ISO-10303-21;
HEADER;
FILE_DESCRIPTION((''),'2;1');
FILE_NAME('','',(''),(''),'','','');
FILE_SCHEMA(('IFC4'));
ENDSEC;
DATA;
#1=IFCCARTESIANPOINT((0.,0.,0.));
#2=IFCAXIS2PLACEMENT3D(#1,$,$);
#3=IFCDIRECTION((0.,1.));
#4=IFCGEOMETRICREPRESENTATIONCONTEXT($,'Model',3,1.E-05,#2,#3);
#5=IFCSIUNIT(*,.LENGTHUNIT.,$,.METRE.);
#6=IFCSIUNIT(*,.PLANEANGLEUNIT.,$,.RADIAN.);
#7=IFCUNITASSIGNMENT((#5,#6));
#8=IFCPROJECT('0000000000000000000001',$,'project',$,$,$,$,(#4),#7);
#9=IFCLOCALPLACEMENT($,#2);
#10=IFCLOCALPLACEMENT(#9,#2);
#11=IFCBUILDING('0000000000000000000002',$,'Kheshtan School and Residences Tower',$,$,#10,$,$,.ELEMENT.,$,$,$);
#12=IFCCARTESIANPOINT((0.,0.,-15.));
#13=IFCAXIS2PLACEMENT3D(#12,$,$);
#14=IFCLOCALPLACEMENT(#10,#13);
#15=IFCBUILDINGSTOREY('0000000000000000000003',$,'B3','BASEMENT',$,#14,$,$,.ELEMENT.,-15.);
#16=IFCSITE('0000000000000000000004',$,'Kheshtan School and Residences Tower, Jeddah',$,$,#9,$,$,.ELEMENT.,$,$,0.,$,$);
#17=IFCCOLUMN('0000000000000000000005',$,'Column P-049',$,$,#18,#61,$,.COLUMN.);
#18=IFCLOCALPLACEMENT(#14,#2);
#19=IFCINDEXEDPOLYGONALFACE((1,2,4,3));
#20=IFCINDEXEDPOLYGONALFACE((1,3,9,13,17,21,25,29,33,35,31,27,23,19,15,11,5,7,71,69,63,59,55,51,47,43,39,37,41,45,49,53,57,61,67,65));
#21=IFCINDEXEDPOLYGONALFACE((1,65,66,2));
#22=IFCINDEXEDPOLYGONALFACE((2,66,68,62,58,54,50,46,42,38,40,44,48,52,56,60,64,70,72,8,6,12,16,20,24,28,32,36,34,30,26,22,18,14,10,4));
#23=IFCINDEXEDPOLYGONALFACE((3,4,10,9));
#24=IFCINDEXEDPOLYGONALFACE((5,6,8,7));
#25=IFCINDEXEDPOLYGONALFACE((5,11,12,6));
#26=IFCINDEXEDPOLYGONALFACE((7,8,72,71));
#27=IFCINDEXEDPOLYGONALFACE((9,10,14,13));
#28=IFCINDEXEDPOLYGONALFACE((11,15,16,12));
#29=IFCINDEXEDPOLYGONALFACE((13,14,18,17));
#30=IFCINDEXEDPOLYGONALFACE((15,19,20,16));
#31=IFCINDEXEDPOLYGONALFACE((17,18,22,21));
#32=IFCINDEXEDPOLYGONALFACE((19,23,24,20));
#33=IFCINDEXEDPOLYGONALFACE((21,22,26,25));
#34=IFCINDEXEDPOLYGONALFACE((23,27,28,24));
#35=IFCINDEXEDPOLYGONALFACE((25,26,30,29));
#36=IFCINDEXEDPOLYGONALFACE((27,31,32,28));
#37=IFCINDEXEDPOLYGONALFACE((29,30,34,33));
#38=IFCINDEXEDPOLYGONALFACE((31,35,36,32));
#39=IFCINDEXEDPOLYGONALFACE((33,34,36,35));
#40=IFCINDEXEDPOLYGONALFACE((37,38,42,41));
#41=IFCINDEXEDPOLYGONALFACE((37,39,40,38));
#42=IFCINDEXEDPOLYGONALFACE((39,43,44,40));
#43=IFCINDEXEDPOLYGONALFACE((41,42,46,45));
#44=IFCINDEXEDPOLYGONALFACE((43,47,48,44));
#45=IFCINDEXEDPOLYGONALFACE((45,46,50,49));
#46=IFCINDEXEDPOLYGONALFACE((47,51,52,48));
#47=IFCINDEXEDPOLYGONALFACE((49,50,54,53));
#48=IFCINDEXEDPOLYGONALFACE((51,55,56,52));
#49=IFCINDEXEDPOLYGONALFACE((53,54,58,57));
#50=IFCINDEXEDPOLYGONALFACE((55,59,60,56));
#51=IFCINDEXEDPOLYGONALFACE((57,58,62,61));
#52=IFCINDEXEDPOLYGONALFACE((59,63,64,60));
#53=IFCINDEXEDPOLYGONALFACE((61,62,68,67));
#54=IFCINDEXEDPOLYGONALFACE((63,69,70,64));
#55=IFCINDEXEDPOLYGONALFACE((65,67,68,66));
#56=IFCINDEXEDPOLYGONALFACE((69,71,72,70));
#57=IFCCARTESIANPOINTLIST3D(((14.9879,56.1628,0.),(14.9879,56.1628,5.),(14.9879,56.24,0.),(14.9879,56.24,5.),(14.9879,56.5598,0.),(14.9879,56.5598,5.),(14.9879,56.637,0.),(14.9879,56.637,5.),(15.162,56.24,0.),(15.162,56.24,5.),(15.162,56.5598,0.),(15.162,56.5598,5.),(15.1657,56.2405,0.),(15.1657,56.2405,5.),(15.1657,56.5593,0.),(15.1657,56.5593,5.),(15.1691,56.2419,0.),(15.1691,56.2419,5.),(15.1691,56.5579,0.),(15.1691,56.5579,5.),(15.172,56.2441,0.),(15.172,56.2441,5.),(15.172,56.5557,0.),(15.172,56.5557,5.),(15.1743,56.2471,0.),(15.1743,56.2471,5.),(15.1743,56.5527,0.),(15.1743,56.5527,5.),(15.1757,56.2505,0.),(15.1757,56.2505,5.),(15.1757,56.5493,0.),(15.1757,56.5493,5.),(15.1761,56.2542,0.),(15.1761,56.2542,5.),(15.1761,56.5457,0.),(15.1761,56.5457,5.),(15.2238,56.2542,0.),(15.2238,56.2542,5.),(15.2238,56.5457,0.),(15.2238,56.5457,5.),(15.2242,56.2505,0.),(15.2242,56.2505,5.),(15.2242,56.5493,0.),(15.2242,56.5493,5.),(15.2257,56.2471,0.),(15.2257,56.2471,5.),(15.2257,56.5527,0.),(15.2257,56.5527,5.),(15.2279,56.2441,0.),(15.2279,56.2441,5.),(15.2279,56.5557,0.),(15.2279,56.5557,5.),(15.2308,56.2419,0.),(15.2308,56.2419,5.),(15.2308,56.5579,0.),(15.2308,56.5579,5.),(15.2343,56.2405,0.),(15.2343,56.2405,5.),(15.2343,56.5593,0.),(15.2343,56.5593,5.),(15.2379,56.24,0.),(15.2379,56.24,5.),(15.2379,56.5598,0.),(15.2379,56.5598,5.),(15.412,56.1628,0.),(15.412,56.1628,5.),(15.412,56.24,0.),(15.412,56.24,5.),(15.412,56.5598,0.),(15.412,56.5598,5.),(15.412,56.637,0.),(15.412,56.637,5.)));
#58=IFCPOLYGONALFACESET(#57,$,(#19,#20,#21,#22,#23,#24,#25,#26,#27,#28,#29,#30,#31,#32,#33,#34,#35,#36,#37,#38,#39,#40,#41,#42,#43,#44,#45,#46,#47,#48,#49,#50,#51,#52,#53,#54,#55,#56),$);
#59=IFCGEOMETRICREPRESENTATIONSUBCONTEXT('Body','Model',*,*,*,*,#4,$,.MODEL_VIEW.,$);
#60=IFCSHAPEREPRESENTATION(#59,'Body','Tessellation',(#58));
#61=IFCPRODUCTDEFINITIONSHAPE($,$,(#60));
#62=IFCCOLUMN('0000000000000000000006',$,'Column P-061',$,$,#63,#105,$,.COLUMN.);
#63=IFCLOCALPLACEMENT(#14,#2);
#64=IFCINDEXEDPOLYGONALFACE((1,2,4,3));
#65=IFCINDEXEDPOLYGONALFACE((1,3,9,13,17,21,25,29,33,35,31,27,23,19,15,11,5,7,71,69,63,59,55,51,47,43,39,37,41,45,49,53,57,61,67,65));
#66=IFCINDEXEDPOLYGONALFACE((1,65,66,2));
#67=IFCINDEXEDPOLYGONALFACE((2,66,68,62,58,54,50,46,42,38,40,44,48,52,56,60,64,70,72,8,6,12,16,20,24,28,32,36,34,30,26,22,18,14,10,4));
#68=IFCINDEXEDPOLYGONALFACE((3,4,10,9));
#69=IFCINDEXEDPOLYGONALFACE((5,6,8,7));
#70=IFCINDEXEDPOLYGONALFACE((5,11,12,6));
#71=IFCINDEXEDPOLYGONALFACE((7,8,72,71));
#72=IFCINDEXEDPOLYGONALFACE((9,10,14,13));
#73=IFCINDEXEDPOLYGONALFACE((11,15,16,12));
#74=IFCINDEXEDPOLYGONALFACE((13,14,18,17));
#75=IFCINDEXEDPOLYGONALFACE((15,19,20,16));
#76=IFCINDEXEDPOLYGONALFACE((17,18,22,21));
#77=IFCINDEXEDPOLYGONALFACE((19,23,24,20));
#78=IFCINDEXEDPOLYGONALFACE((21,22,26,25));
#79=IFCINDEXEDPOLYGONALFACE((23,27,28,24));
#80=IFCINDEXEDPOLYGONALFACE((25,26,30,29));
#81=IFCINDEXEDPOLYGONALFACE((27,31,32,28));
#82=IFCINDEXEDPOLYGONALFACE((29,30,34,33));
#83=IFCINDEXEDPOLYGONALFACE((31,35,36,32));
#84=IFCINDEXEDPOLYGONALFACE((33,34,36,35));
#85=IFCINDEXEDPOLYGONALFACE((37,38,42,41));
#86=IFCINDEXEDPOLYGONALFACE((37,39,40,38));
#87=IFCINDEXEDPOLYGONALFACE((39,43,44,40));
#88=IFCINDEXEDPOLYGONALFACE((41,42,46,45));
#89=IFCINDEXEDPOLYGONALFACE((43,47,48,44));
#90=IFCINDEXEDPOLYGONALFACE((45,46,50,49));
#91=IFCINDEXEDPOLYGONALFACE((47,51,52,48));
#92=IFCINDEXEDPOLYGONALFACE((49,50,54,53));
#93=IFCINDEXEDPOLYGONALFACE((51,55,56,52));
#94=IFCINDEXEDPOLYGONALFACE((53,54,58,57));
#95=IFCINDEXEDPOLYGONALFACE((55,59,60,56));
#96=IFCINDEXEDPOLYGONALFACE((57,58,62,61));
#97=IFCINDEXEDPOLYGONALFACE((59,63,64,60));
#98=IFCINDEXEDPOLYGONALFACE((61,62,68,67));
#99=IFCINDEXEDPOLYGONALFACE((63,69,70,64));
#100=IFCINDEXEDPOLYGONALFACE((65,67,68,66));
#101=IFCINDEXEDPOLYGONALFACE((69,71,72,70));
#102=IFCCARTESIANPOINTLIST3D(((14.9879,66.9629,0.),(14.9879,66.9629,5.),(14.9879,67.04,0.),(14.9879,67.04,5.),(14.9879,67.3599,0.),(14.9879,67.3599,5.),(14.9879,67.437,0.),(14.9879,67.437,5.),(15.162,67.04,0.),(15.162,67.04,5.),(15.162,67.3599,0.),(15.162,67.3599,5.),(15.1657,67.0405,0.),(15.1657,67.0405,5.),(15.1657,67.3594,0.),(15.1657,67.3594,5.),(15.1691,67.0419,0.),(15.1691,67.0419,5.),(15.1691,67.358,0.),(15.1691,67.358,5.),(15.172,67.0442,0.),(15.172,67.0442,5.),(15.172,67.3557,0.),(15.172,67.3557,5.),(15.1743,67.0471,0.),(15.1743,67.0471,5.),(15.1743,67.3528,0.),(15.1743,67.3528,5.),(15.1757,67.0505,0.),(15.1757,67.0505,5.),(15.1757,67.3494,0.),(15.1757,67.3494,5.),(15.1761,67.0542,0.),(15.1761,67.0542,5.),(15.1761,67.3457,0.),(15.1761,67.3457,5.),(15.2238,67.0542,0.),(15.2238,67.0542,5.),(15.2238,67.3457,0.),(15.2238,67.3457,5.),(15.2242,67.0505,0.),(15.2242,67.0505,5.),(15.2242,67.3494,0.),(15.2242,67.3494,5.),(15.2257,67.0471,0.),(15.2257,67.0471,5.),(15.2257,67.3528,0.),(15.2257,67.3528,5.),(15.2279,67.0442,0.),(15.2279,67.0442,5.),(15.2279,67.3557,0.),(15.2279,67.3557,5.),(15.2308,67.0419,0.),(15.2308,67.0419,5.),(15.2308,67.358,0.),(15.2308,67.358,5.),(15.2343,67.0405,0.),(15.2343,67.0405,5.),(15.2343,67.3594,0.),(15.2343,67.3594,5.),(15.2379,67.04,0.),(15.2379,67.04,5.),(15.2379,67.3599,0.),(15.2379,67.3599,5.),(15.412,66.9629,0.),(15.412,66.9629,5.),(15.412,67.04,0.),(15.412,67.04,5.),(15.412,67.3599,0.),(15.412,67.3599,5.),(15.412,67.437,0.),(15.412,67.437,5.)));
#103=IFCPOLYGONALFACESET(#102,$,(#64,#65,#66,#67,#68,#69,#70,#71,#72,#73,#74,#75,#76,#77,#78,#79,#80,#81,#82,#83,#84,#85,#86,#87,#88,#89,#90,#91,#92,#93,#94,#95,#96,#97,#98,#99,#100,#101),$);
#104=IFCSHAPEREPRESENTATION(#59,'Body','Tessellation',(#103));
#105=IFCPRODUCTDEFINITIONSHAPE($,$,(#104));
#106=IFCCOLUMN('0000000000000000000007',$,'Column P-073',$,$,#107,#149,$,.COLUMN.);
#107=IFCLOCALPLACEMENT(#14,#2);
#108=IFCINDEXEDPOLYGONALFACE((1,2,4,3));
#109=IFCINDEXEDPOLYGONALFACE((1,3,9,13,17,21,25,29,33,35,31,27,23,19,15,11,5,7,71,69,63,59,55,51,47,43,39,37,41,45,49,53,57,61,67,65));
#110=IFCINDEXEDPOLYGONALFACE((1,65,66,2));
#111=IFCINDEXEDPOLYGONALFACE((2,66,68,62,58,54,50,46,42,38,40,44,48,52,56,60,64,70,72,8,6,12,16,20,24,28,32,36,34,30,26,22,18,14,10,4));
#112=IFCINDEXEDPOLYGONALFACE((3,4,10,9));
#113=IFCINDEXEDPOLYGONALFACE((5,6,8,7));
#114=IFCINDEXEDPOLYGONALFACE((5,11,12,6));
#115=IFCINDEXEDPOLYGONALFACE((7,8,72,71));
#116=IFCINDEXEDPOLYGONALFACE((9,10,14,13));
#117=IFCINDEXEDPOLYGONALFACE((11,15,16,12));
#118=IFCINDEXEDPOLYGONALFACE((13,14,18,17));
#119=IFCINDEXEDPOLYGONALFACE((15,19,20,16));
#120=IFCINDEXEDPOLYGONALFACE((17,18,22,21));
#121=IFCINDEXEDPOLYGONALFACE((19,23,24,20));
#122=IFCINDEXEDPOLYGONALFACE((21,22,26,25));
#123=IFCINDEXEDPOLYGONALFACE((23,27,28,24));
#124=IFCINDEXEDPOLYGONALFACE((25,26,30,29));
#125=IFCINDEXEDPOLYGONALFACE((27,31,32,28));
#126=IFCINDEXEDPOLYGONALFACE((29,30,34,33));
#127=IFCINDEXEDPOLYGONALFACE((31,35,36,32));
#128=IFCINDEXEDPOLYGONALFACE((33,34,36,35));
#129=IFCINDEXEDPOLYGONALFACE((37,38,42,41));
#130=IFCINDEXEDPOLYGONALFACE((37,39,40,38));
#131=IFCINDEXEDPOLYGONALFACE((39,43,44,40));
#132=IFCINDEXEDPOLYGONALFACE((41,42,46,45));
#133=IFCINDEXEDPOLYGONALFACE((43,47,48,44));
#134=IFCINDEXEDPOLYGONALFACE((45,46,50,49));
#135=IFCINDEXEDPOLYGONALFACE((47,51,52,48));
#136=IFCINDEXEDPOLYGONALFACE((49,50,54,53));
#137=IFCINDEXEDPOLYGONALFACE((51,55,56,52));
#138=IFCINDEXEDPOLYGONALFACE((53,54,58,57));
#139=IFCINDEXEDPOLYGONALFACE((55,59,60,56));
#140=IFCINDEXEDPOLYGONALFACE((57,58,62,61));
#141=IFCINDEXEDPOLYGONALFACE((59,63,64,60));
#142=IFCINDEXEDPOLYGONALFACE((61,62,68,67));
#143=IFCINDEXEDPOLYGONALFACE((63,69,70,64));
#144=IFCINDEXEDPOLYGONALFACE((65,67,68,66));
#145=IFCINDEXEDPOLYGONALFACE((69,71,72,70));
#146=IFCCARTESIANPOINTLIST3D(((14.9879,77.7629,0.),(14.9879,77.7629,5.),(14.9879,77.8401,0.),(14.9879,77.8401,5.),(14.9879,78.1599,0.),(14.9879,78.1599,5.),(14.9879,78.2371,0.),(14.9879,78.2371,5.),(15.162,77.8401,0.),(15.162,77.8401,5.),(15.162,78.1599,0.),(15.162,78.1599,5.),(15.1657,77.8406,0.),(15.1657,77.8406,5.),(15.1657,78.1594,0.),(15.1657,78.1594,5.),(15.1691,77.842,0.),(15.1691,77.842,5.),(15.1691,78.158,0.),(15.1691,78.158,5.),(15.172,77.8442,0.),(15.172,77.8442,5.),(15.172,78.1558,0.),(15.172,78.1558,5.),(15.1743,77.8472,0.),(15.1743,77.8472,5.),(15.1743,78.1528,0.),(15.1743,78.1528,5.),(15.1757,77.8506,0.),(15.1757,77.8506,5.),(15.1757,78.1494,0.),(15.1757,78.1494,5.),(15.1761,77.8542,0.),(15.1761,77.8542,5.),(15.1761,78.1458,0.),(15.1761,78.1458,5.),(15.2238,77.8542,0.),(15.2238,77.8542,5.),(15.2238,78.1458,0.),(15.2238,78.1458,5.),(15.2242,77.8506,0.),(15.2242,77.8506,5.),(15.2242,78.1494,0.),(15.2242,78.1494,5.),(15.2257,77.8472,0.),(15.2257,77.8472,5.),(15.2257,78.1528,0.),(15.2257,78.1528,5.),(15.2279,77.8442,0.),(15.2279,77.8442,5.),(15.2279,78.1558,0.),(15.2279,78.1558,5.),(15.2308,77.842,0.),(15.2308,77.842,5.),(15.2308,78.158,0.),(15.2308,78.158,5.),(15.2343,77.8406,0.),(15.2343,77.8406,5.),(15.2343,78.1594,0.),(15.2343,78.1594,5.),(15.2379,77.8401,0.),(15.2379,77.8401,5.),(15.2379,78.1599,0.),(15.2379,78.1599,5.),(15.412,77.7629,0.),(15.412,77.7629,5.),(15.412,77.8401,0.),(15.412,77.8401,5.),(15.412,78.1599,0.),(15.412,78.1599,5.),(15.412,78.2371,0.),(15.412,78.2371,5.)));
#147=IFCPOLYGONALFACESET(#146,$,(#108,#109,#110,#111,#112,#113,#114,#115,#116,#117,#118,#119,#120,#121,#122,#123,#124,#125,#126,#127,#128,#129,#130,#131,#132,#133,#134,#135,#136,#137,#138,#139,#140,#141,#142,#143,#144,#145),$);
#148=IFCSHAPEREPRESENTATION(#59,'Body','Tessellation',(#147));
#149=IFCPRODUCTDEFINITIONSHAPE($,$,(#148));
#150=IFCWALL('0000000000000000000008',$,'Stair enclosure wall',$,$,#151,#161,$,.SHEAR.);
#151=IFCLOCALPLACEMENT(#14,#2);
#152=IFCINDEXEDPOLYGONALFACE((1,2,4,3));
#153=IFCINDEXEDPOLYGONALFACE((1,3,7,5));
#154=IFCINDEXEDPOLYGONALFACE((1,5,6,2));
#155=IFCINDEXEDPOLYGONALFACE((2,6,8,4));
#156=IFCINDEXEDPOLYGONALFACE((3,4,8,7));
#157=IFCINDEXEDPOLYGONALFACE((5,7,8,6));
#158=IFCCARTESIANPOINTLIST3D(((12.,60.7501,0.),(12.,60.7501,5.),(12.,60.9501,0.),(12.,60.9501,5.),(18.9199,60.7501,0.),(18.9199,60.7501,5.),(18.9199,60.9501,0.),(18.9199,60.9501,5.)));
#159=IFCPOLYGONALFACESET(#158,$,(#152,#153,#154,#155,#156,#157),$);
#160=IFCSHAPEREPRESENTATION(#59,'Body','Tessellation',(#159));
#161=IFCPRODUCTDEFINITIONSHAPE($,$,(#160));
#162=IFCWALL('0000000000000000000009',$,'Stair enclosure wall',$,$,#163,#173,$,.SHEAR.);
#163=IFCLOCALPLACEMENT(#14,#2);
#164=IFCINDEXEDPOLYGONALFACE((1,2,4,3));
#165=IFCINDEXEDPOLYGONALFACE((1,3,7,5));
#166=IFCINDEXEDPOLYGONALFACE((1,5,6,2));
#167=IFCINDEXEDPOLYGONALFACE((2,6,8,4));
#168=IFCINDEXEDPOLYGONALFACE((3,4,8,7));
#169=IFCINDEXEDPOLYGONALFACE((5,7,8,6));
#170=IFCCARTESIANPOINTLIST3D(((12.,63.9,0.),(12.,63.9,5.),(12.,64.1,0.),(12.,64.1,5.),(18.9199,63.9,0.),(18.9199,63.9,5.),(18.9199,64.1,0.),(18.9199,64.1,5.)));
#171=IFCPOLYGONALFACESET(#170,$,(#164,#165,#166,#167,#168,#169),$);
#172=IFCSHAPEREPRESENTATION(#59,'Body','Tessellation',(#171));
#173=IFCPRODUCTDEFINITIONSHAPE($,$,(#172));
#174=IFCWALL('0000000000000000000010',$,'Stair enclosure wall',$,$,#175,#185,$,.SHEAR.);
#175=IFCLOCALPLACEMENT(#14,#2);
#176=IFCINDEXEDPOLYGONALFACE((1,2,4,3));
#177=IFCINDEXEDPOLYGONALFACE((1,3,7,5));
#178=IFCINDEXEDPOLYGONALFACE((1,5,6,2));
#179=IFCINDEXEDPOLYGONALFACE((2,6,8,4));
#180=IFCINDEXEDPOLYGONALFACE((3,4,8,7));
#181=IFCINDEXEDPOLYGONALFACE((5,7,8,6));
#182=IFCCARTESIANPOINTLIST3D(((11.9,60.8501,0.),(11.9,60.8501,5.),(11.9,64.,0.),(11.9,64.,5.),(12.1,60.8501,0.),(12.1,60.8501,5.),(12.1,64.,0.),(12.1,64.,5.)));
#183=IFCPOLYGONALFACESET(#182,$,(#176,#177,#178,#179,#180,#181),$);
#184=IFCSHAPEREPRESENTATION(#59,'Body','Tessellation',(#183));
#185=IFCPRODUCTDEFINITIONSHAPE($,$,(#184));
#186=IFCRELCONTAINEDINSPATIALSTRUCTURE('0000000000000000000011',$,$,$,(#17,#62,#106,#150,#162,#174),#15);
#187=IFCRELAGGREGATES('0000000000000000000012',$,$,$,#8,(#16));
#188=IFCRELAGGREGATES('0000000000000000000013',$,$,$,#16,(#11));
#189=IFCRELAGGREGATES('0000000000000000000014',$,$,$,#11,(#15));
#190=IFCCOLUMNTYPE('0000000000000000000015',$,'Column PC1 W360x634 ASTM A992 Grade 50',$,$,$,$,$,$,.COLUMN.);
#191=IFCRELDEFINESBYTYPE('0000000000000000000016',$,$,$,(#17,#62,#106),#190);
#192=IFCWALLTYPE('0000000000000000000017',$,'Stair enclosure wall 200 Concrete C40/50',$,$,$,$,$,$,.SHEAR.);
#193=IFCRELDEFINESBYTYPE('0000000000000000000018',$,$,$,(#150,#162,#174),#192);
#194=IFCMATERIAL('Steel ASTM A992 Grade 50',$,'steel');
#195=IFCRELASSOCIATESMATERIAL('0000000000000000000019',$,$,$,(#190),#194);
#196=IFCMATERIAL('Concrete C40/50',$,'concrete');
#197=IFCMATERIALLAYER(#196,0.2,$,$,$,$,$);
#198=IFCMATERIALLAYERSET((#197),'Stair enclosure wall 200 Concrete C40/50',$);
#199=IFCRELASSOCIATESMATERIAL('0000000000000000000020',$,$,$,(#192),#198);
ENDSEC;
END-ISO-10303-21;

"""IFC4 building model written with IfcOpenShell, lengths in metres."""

from ifc_helpers import new_model, si_unit, direction, frame, frame_2d, origin, origin_2d, place, context, subcontext, project, spatial, rectangle, i_section, extrude, material, layer, layer_set, material_profile, profile_set, type_object, element, save


model = new_model("IFC4")

# Units and contexts
model_context = context("Model", 3, precision=1e-05, world=origin(), true_north=direction((0.0, 1.0)))
body_context = subcontext(model_context, "Body", "Model", "MODEL_VIEW")
ifc_project = project(units=[si_unit("LENGTHUNIT", "METRE"), si_unit("PLANEANGLEUNIT", "RADIAN")], contexts=[model_context])

# Site, building, storey
site_placement = place(None, origin())
site = spatial("IfcSite", under=ifc_project, at=site_placement, Name="Kheshtan School and Residences Tower, Jeddah", CompositionType="ELEMENT", RefElevation=0.0)
building_placement = place(site_placement, origin())
building = spatial("IfcBuilding", under=site, at=building_placement, Name="Kheshtan School and Residences Tower", CompositionType="ELEMENT")
storey_placement = place(building_placement, frame((0.0, 0.0, -15.0)))
storey = spatial("IfcBuildingStorey", under=building, at=storey_placement, Name="B3", Description="BASEMENT", CompositionType="ELEMENT", Elevation=-15.0)

# Shared definitions
ifc_material_1 = material(Name="Concrete C40/50", Category="concrete")

# Columns
ifc_material_2 = material(Name="Steel ASTM A992 Grade 50", Category="steel")
ifc_material_profile_1 = material_profile(ifc_material_2, i_section(OverallWidth=0.4241, OverallDepth=0.4741, WebThickness=0.0476, FlangeThickness=0.0771, FilletRadius=0.0142, at=origin_2d()), Name="W360x634")
ifc_profile_set_1 = profile_set([ifc_material_profile_1], Name="Steel ASTM A992 Grade 50")
column_type = type_object("IfcColumnType", Name="Column PC1 W360x634 ASTM A992 Grade 50", PredefinedType="COLUMN", material=ifc_profile_set_1)
for number, where, z_axis, x_axis, name in (
    (1, (15.2, 56.3999, 0.0), (0.0, 0.0, 1.0), (1.0, 0.0, 0.0), "Column P-049"),
    (2, (15.2, 67.2, 0.0), (0.0, 0.0, 1.0), (1.0, 0.0, 0.0), "Column P-061"),
    (3, (15.2, 78.0, 0.0), (0.0, 0.0, 1.0), (1.0, 0.0, 0.0), "Column P-073"),
):
    element("IfcColumn", number, at=place(storey_placement, frame(where, z_axis=z_axis, x_axis=x_axis)), inside=storey, type_object=column_type, Name=name, PredefinedType="COLUMN", context=body_context, shape_type="SweptSolid", body=[
        extrude(i_section(OverallWidth=0.4241, OverallDepth=0.4741, WebThickness=0.0476, FlangeThickness=0.0771, FilletRadius=0.0142, at=origin_2d()), origin(), (0.0, 0.0, 1.0), 5.0),
    ])

# Walls
ifc_layer_1 = layer(ifc_material_1, 0.2)
ifc_layer_set_1 = layer_set([ifc_layer_1], Name="Stair enclosure wall 200 Concrete C40/50")
wall_type = type_object("IfcWallType", Name="Stair enclosure wall 200 Concrete C40/50", PredefinedType="SHEAR", material=ifc_layer_set_1)
for number, where, z_axis, x_axis, name in (
    (4, (12.0, 60.8501, 0.0), (0.0, 0.0, 1.0), (1.0, 0.0, 0.0), "Stair enclosure wall"),
    (5, (12.0, 64.0, 0.0), (0.0, 0.0, 1.0), (1.0, 0.0, 0.0), "Stair enclosure wall"),
):
    element("IfcWall", number, at=place(storey_placement, frame(where, z_axis=z_axis, x_axis=x_axis)), inside=storey, type_object=wall_type, Name=name, PredefinedType="SHEAR", context=body_context, shape_type="SweptSolid", body=[
        extrude(rectangle(XDim=6.9199, YDim=0.2, at=frame_2d((3.46, 0.0))), origin(), (0.0, 0.0, 1.0), 5.0),
    ])
wall_placement = place(storey_placement, frame((12.0, 60.8501, 0.0), z_axis=(0.0, 0.0, 1.0), x_axis=(0.0, 1.0, 0.0)))
element("IfcWall", 6, at=wall_placement, inside=storey, type_object=wall_type, Name="Stair enclosure wall", PredefinedType="SHEAR", context=body_context, shape_type="SweptSolid", body=[
    extrude(rectangle(XDim=3.1499, YDim=0.2, at=frame_2d((1.575, 0.0))), origin(), (0.0, 0.0, 1.0), 5.0),
])

save(model, "model.ifc")
